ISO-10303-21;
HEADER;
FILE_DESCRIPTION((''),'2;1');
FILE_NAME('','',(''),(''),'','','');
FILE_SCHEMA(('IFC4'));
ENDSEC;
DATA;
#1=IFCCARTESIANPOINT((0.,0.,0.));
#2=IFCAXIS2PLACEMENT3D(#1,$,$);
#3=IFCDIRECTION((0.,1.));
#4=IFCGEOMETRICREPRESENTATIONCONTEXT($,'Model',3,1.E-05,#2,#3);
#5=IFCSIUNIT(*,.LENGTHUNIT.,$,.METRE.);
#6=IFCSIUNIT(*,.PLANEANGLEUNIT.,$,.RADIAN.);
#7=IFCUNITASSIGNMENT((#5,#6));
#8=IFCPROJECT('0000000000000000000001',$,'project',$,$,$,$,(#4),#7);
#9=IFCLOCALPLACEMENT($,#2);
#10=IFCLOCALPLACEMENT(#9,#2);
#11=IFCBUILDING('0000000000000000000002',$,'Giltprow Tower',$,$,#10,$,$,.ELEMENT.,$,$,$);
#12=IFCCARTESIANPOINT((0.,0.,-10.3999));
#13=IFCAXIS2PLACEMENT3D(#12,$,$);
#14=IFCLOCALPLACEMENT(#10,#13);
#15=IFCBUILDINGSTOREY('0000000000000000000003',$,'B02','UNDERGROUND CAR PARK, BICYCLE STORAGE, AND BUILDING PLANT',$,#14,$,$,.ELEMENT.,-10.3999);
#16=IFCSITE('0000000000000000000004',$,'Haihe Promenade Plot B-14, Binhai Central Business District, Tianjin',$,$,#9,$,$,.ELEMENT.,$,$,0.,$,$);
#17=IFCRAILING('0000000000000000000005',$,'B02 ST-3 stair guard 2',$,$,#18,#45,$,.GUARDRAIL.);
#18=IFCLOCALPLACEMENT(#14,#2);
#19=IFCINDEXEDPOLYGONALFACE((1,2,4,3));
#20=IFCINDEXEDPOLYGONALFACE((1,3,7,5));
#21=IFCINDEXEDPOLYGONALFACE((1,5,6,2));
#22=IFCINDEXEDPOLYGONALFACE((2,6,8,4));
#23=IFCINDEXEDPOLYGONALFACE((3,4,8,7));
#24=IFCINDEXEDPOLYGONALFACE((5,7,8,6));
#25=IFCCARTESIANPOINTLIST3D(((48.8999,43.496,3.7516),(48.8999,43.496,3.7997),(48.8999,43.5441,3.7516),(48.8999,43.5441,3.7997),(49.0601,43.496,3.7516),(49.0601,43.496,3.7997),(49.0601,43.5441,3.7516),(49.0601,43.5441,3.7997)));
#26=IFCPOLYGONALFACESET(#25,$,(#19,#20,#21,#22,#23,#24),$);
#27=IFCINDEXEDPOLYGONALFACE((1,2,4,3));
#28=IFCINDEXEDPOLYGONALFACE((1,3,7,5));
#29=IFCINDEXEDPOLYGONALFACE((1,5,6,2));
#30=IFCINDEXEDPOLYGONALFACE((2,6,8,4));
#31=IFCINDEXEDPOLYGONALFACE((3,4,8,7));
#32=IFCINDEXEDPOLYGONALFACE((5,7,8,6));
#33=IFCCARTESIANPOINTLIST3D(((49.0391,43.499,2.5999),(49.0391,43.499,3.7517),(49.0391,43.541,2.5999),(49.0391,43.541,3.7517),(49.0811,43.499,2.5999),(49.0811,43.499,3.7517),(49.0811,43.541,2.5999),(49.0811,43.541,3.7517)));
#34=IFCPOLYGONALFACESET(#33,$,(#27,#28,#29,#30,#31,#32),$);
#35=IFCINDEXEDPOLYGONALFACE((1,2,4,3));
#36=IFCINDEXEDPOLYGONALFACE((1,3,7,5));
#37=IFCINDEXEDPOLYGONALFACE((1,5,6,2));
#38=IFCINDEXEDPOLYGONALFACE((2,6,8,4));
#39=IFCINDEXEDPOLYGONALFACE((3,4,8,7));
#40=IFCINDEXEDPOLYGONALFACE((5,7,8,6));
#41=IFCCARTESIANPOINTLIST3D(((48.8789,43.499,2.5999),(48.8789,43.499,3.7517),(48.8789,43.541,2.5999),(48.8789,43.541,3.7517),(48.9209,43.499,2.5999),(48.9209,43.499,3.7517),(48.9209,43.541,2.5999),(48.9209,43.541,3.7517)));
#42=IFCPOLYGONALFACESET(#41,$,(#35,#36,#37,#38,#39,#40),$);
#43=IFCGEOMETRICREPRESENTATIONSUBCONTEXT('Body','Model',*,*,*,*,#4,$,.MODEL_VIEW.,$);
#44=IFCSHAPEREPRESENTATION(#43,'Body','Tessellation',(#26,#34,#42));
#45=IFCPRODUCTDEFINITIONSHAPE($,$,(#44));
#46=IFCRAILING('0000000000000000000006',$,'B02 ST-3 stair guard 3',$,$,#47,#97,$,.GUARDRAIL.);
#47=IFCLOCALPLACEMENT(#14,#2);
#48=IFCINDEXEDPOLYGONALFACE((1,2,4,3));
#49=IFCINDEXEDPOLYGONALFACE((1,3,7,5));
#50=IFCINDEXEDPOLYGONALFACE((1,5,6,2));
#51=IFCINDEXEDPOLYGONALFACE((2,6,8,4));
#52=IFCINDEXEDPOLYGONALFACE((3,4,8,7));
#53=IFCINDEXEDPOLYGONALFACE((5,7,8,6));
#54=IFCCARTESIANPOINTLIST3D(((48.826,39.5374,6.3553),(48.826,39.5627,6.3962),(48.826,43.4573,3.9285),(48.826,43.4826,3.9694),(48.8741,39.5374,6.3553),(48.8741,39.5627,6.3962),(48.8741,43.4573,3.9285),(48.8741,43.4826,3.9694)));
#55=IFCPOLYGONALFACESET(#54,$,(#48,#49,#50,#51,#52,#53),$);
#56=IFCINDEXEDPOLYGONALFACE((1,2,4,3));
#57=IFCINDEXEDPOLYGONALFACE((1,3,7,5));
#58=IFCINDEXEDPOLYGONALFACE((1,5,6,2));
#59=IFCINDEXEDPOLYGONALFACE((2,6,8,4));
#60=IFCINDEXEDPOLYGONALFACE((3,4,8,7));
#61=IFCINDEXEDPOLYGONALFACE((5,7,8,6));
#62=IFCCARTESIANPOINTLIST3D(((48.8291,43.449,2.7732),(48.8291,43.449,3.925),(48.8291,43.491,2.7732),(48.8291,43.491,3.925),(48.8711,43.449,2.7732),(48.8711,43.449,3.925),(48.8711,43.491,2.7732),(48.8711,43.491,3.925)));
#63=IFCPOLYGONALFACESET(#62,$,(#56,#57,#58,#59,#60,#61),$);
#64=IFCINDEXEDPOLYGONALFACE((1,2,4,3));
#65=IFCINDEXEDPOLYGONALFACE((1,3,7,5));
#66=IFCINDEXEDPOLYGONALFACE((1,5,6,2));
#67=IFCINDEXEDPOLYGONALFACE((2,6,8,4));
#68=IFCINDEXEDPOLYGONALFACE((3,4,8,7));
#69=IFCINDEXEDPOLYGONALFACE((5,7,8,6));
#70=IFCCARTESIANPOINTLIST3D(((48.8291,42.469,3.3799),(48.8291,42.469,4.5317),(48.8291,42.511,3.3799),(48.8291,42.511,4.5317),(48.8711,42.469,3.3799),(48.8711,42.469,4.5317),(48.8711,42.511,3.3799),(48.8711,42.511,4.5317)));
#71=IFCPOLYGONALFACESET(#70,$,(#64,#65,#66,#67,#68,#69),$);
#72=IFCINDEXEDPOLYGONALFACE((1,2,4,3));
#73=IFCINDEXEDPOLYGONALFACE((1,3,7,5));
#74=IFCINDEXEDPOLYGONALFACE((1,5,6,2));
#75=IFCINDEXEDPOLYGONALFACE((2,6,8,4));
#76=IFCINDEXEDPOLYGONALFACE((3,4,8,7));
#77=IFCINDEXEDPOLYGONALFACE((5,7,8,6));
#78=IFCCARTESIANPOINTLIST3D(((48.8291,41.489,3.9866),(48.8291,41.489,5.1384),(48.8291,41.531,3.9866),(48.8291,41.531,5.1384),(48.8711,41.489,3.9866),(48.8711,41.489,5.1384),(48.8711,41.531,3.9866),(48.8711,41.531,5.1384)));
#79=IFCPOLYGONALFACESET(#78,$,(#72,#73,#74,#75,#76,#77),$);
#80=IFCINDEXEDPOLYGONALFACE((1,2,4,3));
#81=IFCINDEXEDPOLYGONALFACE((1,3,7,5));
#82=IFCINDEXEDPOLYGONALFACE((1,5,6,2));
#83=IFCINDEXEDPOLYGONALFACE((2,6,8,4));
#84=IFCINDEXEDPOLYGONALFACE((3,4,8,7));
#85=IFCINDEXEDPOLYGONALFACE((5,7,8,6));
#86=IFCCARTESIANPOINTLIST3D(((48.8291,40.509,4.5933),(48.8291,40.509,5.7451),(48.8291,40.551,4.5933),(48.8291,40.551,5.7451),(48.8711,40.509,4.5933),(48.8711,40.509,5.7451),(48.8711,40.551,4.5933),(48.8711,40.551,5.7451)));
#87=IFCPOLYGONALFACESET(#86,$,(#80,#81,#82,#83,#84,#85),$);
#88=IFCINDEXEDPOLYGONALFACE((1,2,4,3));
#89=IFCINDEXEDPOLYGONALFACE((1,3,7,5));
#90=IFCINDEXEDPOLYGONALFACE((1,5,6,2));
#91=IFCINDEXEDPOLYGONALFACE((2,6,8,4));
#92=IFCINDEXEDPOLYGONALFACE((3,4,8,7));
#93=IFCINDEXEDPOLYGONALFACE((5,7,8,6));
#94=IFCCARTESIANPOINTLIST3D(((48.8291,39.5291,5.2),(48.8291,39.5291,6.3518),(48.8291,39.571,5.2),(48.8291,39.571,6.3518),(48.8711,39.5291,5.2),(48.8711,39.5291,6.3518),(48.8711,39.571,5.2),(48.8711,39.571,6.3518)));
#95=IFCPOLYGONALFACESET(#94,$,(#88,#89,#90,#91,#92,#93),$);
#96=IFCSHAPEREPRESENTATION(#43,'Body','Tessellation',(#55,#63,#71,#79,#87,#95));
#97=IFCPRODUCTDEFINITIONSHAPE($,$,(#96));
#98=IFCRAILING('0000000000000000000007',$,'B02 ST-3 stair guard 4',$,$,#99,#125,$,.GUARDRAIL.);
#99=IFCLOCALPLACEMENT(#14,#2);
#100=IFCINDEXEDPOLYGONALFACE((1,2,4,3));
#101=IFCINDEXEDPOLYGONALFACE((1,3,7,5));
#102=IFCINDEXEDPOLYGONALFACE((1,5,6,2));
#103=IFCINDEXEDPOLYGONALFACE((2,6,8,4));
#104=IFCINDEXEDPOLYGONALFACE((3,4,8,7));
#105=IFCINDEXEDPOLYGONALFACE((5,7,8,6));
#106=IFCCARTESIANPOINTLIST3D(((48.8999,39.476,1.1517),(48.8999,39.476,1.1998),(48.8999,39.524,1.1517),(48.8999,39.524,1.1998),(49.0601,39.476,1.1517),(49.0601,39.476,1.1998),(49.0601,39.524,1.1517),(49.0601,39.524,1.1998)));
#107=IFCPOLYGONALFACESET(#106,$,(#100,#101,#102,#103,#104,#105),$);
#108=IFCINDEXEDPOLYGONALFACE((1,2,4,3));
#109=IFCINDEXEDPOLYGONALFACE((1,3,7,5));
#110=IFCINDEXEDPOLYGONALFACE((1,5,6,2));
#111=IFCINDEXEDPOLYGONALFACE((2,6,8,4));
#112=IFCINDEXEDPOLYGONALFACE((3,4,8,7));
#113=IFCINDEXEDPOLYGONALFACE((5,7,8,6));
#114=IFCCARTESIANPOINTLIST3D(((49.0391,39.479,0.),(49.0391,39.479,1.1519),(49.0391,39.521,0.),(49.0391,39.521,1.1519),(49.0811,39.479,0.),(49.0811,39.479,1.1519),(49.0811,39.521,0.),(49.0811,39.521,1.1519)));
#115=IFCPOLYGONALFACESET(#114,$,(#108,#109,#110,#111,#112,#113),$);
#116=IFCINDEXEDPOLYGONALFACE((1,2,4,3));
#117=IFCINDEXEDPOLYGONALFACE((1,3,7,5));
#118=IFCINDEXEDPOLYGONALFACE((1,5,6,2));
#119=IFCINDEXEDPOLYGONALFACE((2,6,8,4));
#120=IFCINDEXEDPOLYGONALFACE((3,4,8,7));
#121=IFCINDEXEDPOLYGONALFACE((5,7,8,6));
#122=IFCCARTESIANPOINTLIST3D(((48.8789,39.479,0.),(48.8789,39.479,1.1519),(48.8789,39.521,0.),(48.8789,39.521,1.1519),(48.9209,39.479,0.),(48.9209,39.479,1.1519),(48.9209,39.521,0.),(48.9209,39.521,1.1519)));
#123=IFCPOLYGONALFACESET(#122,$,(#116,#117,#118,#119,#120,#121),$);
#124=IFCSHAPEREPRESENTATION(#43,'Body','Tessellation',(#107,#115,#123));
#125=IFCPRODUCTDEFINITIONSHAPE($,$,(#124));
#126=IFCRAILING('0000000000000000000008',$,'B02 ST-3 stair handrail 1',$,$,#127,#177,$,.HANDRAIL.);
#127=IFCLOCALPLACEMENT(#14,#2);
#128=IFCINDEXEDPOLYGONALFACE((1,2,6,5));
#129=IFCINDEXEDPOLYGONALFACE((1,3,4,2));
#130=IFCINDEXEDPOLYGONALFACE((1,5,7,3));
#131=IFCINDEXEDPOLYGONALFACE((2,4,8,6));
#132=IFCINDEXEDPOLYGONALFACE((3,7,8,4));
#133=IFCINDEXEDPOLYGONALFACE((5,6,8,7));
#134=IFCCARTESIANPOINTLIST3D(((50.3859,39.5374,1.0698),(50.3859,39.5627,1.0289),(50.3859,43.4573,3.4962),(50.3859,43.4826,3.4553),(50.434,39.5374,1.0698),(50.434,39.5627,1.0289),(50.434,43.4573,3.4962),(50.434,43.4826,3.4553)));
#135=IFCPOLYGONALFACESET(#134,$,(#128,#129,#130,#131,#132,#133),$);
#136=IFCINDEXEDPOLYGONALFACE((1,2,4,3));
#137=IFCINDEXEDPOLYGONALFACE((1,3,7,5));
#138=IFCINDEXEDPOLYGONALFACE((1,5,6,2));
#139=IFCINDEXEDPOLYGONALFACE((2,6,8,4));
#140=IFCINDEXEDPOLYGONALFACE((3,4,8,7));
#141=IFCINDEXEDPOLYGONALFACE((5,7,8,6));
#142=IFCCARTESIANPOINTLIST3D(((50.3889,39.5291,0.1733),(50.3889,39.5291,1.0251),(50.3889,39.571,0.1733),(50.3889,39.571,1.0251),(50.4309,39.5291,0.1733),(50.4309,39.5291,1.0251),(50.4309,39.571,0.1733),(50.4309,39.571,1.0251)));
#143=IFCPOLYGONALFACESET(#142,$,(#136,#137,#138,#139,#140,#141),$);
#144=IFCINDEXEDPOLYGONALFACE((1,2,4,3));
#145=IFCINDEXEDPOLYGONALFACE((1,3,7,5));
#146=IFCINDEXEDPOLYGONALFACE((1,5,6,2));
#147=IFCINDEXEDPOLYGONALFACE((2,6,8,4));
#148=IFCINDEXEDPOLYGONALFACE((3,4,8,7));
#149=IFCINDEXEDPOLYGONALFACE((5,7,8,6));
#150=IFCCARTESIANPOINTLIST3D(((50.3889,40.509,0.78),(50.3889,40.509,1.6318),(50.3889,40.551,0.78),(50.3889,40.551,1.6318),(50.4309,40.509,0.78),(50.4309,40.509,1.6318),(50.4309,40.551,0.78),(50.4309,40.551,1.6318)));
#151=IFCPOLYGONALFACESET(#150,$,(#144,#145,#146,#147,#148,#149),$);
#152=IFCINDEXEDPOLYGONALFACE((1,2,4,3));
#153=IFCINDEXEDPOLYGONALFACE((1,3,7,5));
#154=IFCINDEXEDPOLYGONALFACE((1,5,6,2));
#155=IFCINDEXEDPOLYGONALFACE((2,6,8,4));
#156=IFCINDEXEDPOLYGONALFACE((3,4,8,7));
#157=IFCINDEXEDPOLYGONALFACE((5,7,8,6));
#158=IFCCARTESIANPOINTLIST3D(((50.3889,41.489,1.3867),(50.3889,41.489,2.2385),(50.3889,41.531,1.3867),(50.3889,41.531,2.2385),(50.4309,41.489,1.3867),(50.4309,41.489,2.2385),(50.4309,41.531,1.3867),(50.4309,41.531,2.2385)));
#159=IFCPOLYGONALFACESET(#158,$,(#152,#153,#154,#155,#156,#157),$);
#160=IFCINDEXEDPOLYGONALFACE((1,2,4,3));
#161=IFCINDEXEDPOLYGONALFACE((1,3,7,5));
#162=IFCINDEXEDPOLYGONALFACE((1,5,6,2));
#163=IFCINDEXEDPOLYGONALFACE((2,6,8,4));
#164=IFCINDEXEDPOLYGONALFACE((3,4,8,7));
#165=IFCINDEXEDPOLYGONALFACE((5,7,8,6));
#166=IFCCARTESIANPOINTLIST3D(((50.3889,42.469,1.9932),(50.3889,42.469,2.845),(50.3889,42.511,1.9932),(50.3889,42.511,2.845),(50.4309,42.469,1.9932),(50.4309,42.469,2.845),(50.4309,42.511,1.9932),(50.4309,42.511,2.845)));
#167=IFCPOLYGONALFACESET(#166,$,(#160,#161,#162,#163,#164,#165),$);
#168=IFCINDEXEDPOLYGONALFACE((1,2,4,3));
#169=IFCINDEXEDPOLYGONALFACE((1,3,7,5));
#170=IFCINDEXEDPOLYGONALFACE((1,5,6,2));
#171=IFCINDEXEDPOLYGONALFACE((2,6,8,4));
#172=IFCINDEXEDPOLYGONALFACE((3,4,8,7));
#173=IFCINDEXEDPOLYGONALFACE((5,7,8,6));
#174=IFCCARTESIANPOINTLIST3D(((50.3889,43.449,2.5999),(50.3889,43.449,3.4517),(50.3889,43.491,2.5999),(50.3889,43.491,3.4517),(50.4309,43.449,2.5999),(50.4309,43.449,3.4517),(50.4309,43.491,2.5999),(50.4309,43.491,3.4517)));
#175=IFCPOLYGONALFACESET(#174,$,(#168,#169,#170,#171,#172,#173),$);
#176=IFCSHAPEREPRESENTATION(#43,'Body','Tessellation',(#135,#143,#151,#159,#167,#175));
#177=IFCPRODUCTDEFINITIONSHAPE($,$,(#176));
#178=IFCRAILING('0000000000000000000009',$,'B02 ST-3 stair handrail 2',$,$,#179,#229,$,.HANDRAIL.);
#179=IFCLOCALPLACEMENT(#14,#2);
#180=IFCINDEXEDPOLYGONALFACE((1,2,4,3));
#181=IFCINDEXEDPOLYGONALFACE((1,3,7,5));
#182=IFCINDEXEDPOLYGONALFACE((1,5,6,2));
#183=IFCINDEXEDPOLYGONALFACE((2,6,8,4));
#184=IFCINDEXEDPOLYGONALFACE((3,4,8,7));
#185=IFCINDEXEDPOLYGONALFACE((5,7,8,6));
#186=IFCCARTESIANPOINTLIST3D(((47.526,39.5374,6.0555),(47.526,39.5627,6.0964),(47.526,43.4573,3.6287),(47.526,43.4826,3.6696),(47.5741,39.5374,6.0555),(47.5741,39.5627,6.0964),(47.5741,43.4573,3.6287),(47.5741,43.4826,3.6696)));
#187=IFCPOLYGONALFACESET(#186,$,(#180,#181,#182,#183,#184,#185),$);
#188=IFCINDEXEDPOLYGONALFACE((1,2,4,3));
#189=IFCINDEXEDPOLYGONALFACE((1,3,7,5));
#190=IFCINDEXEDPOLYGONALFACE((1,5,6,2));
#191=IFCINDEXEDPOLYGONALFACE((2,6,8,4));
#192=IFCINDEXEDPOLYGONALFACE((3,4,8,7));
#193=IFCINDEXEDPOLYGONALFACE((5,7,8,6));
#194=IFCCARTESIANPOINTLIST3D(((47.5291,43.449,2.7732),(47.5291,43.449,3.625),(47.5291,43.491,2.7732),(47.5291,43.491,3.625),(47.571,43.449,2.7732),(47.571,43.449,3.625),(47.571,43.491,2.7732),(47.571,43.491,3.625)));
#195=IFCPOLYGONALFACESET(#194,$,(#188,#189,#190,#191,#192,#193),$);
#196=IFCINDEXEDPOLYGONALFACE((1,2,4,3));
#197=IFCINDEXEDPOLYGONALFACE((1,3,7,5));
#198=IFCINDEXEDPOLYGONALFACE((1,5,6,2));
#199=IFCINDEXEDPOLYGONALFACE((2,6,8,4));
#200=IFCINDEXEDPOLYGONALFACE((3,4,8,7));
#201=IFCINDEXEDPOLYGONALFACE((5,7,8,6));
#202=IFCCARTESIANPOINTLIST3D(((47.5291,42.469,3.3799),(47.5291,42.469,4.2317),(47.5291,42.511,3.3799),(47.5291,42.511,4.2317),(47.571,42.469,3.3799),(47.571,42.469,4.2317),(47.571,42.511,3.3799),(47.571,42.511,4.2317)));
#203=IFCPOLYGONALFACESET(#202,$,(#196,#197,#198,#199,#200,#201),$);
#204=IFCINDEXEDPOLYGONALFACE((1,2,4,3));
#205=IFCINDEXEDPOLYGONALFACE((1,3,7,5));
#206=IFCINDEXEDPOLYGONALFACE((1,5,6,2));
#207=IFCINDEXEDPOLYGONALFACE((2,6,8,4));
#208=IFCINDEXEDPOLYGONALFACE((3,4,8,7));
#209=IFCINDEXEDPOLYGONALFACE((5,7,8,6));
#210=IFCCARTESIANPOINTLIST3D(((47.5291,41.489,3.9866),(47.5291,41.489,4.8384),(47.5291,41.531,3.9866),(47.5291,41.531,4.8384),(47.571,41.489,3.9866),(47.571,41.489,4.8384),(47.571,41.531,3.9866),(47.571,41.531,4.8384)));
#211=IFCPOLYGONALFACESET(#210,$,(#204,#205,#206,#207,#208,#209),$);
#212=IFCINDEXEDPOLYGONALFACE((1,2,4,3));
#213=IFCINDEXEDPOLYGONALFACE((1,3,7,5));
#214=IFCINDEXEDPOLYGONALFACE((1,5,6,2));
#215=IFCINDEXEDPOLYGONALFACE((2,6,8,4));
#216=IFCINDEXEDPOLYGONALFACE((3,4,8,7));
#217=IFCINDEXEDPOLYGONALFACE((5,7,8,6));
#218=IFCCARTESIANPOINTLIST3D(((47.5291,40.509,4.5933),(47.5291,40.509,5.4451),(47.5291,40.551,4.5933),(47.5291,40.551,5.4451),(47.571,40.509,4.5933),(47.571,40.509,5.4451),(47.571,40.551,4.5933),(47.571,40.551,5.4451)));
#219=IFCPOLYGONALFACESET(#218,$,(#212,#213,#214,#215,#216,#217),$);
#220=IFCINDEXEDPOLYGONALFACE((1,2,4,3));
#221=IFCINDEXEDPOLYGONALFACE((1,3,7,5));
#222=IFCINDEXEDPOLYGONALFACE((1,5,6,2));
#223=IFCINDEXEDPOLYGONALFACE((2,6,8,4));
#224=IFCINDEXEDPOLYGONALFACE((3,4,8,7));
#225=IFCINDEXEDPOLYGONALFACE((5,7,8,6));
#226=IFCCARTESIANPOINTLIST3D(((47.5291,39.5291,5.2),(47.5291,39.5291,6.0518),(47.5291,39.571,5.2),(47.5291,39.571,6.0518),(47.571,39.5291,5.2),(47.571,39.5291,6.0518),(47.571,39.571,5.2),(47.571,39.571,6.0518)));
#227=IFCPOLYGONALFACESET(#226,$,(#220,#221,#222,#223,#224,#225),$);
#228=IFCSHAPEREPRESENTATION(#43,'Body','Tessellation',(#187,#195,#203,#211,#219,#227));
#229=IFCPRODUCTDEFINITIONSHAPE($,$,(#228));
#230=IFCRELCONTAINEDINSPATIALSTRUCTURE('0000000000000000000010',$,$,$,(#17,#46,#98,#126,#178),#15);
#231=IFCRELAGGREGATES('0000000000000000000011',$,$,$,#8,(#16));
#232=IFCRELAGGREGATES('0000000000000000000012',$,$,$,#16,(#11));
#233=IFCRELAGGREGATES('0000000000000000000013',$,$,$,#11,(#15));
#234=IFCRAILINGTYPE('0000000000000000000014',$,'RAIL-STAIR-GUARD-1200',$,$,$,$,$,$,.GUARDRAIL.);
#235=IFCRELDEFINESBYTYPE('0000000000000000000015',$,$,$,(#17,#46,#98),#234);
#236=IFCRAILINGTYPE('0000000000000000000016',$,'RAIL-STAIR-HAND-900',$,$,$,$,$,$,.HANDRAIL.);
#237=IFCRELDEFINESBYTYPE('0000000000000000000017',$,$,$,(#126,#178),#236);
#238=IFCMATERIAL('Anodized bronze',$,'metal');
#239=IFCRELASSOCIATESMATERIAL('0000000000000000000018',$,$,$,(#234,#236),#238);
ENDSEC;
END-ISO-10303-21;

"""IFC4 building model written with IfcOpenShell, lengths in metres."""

from ifc_helpers import new_model, si_unit, direction, frame, origin, origin_2d, place, context, subcontext, project, spatial, rectangle, extrude, material, type_object, element, save


model = new_model("IFC4")

# Units and contexts
model_context = context("Model", 3, precision=1e-05, world=origin(), true_north=direction((0.0, 1.0)))
body_context = subcontext(model_context, "Body", "Model", "MODEL_VIEW")
ifc_project = project(units=[si_unit("LENGTHUNIT", "METRE"), si_unit("PLANEANGLEUNIT", "RADIAN")], contexts=[model_context])

# Site, building, storey
site_placement = place(None, origin())
site = spatial("IfcSite", under=ifc_project, at=site_placement, Name="Haihe Promenade Plot B-14, Binhai Central Business District, Tianjin", CompositionType="ELEMENT", RefElevation=0.0)
building_placement = place(site_placement, origin())
building = spatial("IfcBuilding", under=site, at=building_placement, Name="Giltprow Tower", CompositionType="ELEMENT")
storey_placement = place(building_placement, frame((0.0, 0.0, -10.3999)))
storey = spatial("IfcBuildingStorey", under=building, at=storey_placement, Name="B02", Description="UNDERGROUND CAR PARK, BICYCLE STORAGE, AND BUILDING PLANT", CompositionType="ELEMENT", Elevation=-10.3999)

# Railings
ifc_material_1 = material(Name="Anodized bronze", Category="metal")
railing_type_1 = type_object("IfcRailingType", Name="RAIL-STAIR-GUARD-1200", PredefinedType="GUARDRAIL", material=ifc_material_1)
railing_1_placement = place(storey_placement, frame((49.0601, 43.52, 2.5999)))
element("IfcRailing", 1, at=railing_1_placement, inside=storey, type_object=railing_type_1, Name="B02 ST-3 stair guard 2", PredefinedType="GUARDRAIL", context=body_context, shape_type="SweptSolid", body=[
    extrude(rectangle(XDim=0.0481, YDim=0.0481, at=origin_2d()), frame((0.0, 0.0, 1.1758), z_axis=(-1.0, 0.0, 0.0), x_axis=(0.0, -1.0, 0.0)), (0.0, 0.0, 1.0), 0.1602),
    extrude(rectangle(XDim=0.042, YDim=0.042, at=origin_2d()), origin(), (0.0, 0.0, 1.0), 1.1519),
    extrude(rectangle(XDim=0.042, YDim=0.042, at=origin_2d()), frame((-0.1602, 0.0, 0.0)), (0.0, 0.0, 1.0), 1.1519),
])
railing_2_placement = place(storey_placement, frame((48.8501, 43.47, 2.7732)))
element("IfcRailing", 2, at=railing_2_placement, inside=storey, type_object=railing_type_1, Name="B02 ST-3 stair guard 3", PredefinedType="GUARDRAIL", context=body_context, shape_type="SweptSolid", body=[
    extrude(rectangle(XDim=0.0481, YDim=0.0481, at=origin_2d()), frame((0.0, 0.0, 1.1758), z_axis=(0.0, -0.850252, 0.526376), x_axis=(1.0, 0.0, 0.0)), (0.0, 0.0, 1.0), 4.6104),
    extrude(rectangle(XDim=0.042, YDim=0.042, at=origin_2d()), origin(), (0.0, 0.0, 1.0), 1.1519),
    extrude(rectangle(XDim=0.042, YDim=0.042, at=origin_2d()), frame((0.0, -0.98, 0.6067)), (0.0, 0.0, 1.0), 1.1519),
    extrude(rectangle(XDim=0.042, YDim=0.042, at=origin_2d()), frame((0.0, -1.96, 1.2134)), (0.0, 0.0, 1.0), 1.1519),
    extrude(rectangle(XDim=0.042, YDim=0.042, at=origin_2d()), frame((0.0, -2.9399, 1.8201)), (0.0, 0.0, 1.0), 1.1519),
    extrude(rectangle(XDim=0.042, YDim=0.042, at=origin_2d()), frame((0.0, -3.9199, 2.4268)), (0.0, 0.0, 1.0), 1.1519),
])
railing_3_placement = place(storey_placement, frame((49.0601, 39.5, 0.0)))
element("IfcRailing", 3, at=railing_3_placement, inside=storey, type_object=railing_type_1, Name="B02 ST-3 stair guard 4", PredefinedType="GUARDRAIL", context=body_context, shape_type="SweptSolid", body=[
    extrude(rectangle(XDim=0.0481, YDim=0.0481, at=origin_2d()), frame((0.0, 0.0, 1.1758), z_axis=(-1.0, 0.0, 0.0), x_axis=(0.0, -1.0, 0.0)), (0.0, 0.0, 1.0), 0.1602),
    extrude(rectangle(XDim=0.042, YDim=0.042, at=origin_2d()), origin(), (0.0, 0.0, 1.0), 1.1519),
    extrude(rectangle(XDim=0.042, YDim=0.042, at=origin_2d()), frame((-0.1602, 0.0, 0.0)), (0.0, 0.0, 1.0), 1.1519),
])
railing_type_2 = type_object("IfcRailingType", Name="RAIL-STAIR-HAND-900", PredefinedType="HANDRAIL", material=ifc_material_1)
railing_4_placement = place(storey_placement, frame((50.4099, 39.55, 0.1733)))
element("IfcRailing", 4, at=railing_4_placement, inside=storey, type_object=railing_type_2, Name="B02 ST-3 stair handrail 1", PredefinedType="HANDRAIL", context=body_context, shape_type="SweptSolid", body=[
    extrude(rectangle(XDim=0.0481, YDim=0.0481, at=origin_2d()), frame((0.0, 0.0, 0.876), z_axis=(0.0, 0.850275, 0.526338), x_axis=(-1.0, 0.0, 0.0)), (0.0, 0.0, 1.0), 4.6101),
    extrude(rectangle(XDim=0.042, YDim=0.042, at=origin_2d()), origin(), (0.0, 0.0, 1.0), 0.8518),
    extrude(rectangle(XDim=0.042, YDim=0.042, at=origin_2d()), frame((0.0, 0.98, 0.6067)), (0.0, 0.0, 1.0), 0.8518),
    extrude(rectangle(XDim=0.042, YDim=0.042, at=origin_2d()), frame((0.0, 1.96, 1.2134)), (0.0, 0.0, 1.0), 0.8518),
    extrude(rectangle(XDim=0.042, YDim=0.042, at=origin_2d()), frame((0.0, 2.9399, 1.8198)), (0.0, 0.0, 1.0), 0.8518),
    extrude(rectangle(XDim=0.042, YDim=0.042, at=origin_2d()), frame((0.0, 3.9199, 2.4265)), (0.0, 0.0, 1.0), 0.8518),
])
railing_5_placement = place(storey_placement, frame((47.55, 43.47, 2.7732)))
element("IfcRailing", 5, at=railing_5_placement, inside=storey, type_object=railing_type_2, Name="B02 ST-3 stair handrail 2", PredefinedType="HANDRAIL", context=body_context, shape_type="SweptSolid", body=[
    extrude(rectangle(XDim=0.0481, YDim=0.0481, at=origin_2d()), frame((0.0, 0.0, 0.876), z_axis=(0.0, -0.850252, 0.526376), x_axis=(1.0, 0.0, 0.0)), (0.0, 0.0, 1.0), 4.6104),
    extrude(rectangle(XDim=0.042, YDim=0.042, at=origin_2d()), origin(), (0.0, 0.0, 1.0), 0.8518),
    extrude(rectangle(XDim=0.042, YDim=0.042, at=origin_2d()), frame((0.0, -0.98, 0.6067)), (0.0, 0.0, 1.0), 0.8518),
    extrude(rectangle(XDim=0.042, YDim=0.042, at=origin_2d()), frame((0.0, -1.96, 1.2134)), (0.0, 0.0, 1.0), 0.8518),
    extrude(rectangle(XDim=0.042, YDim=0.042, at=origin_2d()), frame((0.0, -2.9399, 1.8201)), (0.0, 0.0, 1.0), 0.8518),
    extrude(rectangle(XDim=0.042, YDim=0.042, at=origin_2d()), frame((0.0, -3.9199, 2.4268)), (0.0, 0.0, 1.0), 0.8518),
])

save(model, "model.ifc")
